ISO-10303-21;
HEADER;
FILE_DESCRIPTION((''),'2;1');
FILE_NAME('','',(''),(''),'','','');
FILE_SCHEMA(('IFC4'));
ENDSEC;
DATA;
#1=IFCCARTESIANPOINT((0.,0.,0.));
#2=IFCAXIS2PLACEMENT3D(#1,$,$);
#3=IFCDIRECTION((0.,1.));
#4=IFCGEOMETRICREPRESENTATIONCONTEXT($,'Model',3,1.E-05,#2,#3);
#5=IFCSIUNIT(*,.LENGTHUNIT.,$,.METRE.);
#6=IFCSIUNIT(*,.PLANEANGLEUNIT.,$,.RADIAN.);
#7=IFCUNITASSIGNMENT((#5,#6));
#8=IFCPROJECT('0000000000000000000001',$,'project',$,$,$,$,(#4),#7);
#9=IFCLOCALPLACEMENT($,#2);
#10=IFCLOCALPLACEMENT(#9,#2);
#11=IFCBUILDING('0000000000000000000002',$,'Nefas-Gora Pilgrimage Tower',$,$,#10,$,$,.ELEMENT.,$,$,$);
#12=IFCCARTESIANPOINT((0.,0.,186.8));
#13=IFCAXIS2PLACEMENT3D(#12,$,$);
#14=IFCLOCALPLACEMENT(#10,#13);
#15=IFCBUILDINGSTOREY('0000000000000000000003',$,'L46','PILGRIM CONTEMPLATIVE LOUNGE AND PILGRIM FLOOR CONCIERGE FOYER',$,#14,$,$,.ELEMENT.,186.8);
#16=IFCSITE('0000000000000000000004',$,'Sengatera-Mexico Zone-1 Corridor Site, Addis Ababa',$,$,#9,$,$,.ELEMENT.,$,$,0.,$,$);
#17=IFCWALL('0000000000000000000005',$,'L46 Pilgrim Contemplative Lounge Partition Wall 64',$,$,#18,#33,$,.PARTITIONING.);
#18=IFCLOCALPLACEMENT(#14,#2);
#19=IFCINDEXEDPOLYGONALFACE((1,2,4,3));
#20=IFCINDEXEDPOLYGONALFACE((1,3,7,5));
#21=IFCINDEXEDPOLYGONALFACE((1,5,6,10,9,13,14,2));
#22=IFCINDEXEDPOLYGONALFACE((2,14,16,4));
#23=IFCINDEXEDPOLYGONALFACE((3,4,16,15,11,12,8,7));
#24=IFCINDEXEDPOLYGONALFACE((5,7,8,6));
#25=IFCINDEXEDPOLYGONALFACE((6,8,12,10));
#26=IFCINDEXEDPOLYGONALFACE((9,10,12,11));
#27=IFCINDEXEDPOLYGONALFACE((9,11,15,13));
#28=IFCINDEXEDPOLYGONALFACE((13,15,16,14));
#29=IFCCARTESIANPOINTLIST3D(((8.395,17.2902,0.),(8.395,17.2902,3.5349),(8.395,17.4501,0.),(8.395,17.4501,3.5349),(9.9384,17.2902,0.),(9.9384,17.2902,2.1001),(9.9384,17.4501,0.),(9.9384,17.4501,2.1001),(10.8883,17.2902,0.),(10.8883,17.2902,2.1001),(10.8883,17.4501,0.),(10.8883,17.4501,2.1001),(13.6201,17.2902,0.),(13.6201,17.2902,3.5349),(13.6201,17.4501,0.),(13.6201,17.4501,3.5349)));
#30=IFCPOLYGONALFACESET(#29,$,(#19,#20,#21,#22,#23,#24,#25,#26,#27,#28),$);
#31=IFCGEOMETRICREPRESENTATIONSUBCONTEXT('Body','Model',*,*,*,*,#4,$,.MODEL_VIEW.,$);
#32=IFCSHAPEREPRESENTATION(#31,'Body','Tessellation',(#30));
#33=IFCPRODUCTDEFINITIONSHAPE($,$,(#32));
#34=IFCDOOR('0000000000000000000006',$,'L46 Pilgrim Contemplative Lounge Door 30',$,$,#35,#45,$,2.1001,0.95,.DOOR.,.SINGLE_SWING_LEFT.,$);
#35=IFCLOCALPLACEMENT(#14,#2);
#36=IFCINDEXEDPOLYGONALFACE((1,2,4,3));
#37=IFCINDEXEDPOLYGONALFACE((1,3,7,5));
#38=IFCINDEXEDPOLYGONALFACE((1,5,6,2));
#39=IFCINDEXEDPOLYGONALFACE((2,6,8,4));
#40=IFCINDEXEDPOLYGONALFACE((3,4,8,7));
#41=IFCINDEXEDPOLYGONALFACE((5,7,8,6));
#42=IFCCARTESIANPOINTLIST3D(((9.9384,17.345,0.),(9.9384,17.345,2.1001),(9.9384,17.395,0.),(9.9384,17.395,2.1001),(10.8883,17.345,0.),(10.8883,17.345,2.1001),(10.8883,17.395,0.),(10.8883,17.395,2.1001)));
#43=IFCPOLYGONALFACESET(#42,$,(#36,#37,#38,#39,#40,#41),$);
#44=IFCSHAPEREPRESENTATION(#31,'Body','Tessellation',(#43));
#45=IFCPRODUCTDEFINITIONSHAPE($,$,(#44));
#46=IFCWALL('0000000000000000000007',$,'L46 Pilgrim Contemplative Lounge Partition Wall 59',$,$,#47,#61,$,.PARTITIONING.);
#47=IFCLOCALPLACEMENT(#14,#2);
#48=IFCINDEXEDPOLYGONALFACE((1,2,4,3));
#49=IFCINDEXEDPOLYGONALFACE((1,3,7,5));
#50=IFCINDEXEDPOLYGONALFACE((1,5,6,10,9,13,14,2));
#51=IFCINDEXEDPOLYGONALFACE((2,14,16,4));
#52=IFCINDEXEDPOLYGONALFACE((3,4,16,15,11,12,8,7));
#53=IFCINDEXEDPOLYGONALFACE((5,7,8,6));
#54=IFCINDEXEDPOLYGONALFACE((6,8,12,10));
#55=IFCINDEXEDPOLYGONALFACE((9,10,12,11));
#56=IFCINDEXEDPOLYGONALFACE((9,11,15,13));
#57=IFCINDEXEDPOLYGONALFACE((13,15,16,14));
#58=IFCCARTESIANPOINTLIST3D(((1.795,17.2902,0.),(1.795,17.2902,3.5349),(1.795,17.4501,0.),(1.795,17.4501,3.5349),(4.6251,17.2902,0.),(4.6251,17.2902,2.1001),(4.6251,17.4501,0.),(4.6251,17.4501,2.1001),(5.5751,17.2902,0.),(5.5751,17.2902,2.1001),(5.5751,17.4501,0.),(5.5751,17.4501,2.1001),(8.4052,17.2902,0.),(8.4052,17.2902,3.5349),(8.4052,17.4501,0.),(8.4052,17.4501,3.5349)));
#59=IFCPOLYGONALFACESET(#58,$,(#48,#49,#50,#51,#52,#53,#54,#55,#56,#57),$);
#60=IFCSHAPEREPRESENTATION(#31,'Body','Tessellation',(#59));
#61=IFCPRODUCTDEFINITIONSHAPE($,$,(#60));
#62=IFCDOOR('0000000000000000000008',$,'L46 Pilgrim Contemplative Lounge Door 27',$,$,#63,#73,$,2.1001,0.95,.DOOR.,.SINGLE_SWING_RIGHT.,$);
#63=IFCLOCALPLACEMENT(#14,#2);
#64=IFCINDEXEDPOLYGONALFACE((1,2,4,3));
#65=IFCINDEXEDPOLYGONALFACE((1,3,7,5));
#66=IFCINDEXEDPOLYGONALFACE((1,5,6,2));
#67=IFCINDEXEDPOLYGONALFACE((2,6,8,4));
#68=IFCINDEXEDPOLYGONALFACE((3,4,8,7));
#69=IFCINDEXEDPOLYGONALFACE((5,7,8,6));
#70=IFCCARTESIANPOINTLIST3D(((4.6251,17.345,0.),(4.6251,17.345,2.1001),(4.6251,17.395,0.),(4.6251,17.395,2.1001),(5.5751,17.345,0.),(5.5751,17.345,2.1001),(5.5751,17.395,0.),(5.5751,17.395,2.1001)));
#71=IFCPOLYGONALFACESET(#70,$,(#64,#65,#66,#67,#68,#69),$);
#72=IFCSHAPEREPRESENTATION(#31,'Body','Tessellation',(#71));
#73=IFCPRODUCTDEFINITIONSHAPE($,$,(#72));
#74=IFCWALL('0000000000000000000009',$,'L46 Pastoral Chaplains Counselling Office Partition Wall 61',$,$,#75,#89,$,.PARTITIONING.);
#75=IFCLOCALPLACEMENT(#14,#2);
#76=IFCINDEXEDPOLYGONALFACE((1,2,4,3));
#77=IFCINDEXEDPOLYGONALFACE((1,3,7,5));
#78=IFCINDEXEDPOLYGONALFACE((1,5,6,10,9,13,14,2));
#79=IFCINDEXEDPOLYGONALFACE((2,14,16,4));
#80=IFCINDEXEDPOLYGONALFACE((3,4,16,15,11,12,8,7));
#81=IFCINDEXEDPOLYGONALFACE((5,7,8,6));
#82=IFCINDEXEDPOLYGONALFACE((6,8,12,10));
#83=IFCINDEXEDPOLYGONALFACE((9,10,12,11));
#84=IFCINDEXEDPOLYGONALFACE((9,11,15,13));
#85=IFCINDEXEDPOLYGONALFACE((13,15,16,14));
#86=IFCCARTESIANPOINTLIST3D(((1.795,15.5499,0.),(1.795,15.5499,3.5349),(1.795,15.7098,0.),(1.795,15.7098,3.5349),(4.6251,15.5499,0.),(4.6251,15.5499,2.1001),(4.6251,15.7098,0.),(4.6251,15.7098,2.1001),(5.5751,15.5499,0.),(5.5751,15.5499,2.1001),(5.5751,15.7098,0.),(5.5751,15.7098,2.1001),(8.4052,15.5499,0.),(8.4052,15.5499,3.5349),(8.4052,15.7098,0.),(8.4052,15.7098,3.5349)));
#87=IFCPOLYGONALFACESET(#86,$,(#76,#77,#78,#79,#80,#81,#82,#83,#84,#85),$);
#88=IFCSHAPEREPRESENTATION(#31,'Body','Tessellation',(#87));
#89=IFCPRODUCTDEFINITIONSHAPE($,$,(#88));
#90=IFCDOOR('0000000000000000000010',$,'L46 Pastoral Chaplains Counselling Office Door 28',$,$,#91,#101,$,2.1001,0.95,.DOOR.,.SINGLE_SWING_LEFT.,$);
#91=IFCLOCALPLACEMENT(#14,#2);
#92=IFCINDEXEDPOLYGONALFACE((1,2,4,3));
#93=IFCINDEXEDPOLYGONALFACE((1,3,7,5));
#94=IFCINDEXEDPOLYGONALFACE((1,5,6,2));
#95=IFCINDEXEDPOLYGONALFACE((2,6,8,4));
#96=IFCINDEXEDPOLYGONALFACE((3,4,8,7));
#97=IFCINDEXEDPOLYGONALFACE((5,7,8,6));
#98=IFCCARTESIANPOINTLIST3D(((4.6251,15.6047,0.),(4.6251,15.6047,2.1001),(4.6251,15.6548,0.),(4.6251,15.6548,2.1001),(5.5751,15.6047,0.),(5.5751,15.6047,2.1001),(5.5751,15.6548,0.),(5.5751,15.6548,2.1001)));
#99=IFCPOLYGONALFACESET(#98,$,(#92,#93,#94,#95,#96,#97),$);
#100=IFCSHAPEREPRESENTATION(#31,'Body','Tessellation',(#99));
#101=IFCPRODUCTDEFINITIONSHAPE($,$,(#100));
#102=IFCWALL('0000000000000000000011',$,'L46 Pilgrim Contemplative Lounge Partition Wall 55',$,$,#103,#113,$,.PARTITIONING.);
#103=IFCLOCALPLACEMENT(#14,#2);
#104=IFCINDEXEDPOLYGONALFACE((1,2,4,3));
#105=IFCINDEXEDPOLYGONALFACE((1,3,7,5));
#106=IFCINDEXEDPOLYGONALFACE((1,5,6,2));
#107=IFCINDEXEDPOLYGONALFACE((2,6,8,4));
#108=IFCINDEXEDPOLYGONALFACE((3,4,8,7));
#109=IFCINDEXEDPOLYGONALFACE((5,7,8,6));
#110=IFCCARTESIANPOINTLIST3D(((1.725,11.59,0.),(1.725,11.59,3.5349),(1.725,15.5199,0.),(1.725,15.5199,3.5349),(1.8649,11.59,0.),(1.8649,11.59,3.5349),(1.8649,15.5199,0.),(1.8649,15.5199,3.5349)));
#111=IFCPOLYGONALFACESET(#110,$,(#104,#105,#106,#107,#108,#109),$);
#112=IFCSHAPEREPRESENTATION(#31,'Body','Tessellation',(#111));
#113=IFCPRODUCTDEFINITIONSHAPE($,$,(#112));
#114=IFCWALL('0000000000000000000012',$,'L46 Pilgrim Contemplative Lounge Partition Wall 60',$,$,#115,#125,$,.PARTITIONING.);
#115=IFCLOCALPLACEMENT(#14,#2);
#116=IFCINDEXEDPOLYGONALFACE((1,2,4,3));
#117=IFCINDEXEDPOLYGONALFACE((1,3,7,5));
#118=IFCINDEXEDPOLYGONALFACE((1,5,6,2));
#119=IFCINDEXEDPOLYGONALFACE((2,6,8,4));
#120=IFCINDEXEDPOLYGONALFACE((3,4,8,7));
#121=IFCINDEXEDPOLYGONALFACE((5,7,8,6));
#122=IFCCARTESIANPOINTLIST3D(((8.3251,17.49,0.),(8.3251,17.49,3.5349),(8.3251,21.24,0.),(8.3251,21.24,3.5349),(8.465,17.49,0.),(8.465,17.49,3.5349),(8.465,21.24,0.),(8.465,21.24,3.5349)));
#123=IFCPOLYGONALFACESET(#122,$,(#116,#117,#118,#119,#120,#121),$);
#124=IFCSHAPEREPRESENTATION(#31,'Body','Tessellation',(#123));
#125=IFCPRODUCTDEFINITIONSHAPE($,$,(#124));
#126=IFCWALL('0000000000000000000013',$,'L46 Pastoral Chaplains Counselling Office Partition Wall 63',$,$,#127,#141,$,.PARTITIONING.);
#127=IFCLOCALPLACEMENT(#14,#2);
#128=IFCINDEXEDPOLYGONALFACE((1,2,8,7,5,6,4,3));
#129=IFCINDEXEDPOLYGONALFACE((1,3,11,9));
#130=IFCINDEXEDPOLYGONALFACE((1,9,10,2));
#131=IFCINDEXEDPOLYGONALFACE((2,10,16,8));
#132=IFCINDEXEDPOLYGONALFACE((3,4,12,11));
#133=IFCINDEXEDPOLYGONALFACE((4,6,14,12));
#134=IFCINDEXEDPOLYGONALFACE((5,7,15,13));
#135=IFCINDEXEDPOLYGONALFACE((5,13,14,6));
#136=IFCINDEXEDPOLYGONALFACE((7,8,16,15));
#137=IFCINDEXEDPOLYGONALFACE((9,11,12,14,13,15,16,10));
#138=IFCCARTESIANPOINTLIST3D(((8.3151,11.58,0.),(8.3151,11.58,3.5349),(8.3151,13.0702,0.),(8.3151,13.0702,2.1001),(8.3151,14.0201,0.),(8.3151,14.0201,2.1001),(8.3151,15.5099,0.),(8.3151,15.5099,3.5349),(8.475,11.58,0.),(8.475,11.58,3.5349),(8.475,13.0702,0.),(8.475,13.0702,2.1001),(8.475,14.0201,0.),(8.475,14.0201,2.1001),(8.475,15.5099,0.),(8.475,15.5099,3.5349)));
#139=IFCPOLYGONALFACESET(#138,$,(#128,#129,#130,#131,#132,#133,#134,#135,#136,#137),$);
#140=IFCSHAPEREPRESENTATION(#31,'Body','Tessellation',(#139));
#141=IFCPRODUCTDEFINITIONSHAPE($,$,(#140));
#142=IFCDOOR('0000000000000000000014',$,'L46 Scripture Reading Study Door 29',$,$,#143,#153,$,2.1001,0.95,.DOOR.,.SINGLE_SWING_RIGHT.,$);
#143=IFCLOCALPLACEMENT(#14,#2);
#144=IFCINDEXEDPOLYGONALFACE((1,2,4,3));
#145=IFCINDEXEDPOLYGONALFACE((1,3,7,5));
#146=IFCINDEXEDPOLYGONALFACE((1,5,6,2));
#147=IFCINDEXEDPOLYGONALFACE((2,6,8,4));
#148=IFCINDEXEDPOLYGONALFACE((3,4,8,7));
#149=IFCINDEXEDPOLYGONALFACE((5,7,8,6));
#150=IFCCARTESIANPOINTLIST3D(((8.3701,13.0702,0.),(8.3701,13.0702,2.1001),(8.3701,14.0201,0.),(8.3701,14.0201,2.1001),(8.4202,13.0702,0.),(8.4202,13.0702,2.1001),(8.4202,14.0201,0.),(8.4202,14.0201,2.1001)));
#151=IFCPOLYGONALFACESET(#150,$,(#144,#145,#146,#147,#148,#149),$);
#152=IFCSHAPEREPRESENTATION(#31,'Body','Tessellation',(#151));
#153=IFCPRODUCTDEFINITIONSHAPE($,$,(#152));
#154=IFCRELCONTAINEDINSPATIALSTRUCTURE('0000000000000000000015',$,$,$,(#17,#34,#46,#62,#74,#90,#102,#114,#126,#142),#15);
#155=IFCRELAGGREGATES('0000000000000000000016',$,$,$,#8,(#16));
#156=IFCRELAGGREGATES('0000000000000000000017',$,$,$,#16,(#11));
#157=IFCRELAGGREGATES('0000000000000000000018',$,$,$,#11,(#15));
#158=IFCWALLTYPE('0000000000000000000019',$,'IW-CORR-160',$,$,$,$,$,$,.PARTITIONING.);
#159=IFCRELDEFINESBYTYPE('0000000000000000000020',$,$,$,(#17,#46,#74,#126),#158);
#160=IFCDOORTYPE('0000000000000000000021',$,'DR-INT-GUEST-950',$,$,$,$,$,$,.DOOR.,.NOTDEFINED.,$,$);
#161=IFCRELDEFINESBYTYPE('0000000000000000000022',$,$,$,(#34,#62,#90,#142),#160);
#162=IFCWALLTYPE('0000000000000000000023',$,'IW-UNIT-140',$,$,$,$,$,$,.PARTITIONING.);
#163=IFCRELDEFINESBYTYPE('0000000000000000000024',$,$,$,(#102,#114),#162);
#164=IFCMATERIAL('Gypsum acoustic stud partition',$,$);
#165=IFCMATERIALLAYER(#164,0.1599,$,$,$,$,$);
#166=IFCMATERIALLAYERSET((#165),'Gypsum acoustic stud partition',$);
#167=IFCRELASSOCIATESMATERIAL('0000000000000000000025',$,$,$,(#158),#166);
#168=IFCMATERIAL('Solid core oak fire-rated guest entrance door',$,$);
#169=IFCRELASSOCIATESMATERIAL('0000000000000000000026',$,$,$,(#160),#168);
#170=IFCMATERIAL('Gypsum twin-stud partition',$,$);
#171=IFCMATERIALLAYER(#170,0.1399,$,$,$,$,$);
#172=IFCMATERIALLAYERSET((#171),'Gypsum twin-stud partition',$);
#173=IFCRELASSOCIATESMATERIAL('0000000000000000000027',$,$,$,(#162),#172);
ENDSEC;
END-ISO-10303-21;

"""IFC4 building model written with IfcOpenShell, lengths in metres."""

from ifc_helpers import new_model, si_unit, direction, frame, frame_2d, origin, place, context, subcontext, project, spatial, rectangle, extrude, source, transform, mapped, material, layer, layer_set, type_object, element, fill, save


model = new_model("IFC4")

# Units and contexts
model_context = context("Model", 3, precision=1e-05, world=origin(), true_north=direction((0.0, 1.0)))
body_context = subcontext(model_context, "Body", "Model", "MODEL_VIEW")
ifc_project = project(units=[si_unit("LENGTHUNIT", "METRE"), si_unit("PLANEANGLEUNIT", "RADIAN")], contexts=[model_context])

# Site, building, storey
site_placement = place(None, origin())
site = spatial("IfcSite", under=ifc_project, at=site_placement, Name="Sengatera-Mexico Zone-1 Corridor Site, Addis Ababa", CompositionType="ELEMENT", RefElevation=0.0)
building_placement = place(site_placement, origin())
building = spatial("IfcBuilding", under=site, at=building_placement, Name="Nefas-Gora Pilgrimage Tower", CompositionType="ELEMENT")
storey_placement = place(building_placement, frame((0.0, 0.0, 186.8)))
storey = spatial("IfcBuildingStorey", under=building, at=storey_placement, Name="L46", Description="PILGRIM CONTEMPLATIVE LOUNGE AND PILGRIM FLOOR CONCIERGE FOYER", CompositionType="ELEMENT", Elevation=186.8)

# Walls, openings, doors
ifc_material_1 = material(Name="Gypsum acoustic stud partition")
ifc_layer_1 = layer(ifc_material_1, 0.1599)
ifc_layer_set_1 = layer_set([ifc_layer_1], Name="Gypsum acoustic stud partition")
wall_type_1 = type_object("IfcWallType", Name="IW-CORR-160", PredefinedType="PARTITIONING", material=ifc_layer_set_1)
shared_shape_1 = source(origin(), body_context, "Body", "SweptSolid", [
    extrude(rectangle(XDim=5.2251, YDim=0.1599, at=frame_2d((2.6125, 0.0))), origin(), (0.0, 0.0, 1.0), 3.5349),
])
wall_1_placement = place(storey_placement, frame((8.395, 17.3701, 0.0), z_axis=(0.0, 0.0, 1.0), x_axis=(1.0, 0.0, 0.0)))
wall_1 = element("IfcWall", 1, at=wall_1_placement, inside=storey, type_object=wall_type_1, Name="L46 Pilgrim Contemplative Lounge Partition Wall 64", PredefinedType="PARTITIONING", context=body_context, shape_type="MappedRepresentation", body=[
    mapped(shared_shape_1, transform((0.0, 0.0, 0.0), x_axis=(1.0, 0.0, 0.0), y_axis=(0.0, 1.0, 0.0), z_axis=(0.0, 0.0, 1.0), scale=1.0)),
])
opening_1_placement = place(wall_1_placement, frame((1.5432, 0.0, 0.0)))
opening_1 = element("IfcOpeningElement", 2, at=opening_1_placement, cuts=wall_1, PredefinedType="OPENING", context=body_context, shape_type="SweptSolid", body=[
    extrude(rectangle(XDim=0.95, YDim=2.1001, at=frame_2d((0.4751, 1.05))), frame((0.0, 0.0898, 0.0), z_axis=(0.0, -1.0, 0.0), x_axis=(1.0, 0.0, 0.0)), (0.0, 0.0, 1.0), 0.1799),
])
ifc_material_2 = material(Name="Solid core oak fire-rated guest entrance door")
door_type_1 = type_object("IfcDoorType", Name="DR-INT-GUEST-950", OperationType="NOTDEFINED", PredefinedType="DOOR", material=ifc_material_2)
shared_shape_2 = source(origin(), body_context, "Body", "SweptSolid", [
    extrude(rectangle(XDim=0.95, YDim=2.1001, at=frame_2d((0.4751, 1.05))), frame((0.0, 0.0249, 0.0), z_axis=(0.0, -1.0, 0.0), x_axis=(1.0, 0.0, 0.0)), (0.0, 0.0, 1.0), 0.05),
])
door_1_placement = place(opening_1_placement, origin())
door_1 = element("IfcDoor", 3, at=door_1_placement, inside=storey, type_object=door_type_1, Name="L46 Pilgrim Contemplative Lounge Door 30", OperationType="SINGLE_SWING_LEFT", OverallHeight=2.1001, OverallWidth=0.95, PredefinedType="DOOR", context=body_context, shape_type="MappedRepresentation", body=[
    mapped(shared_shape_2, transform((0.0, 0.0, 0.0), x_axis=(1.0, 0.0, 0.0), y_axis=(0.0, 1.0, 0.0), z_axis=(0.0, 0.0, 1.0), scale=1.0)),
])
fill(opening_1, door_1)
shared_shape_3 = source(origin(), body_context, "Body", "SweptSolid", [
    extrude(rectangle(XDim=6.6101, YDim=0.1599, at=frame_2d((3.3052, 0.0))), origin(), (0.0, 0.0, 1.0), 3.5349),
])
wall_2_placement = place(storey_placement, frame((1.7949, 17.3701, 0.0), z_axis=(0.0, 0.0, 1.0), x_axis=(1.0, 0.0, 0.0)))
wall_2 = element("IfcWall", 4, at=wall_2_placement, inside=storey, type_object=wall_type_1, Name="L46 Pilgrim Contemplative Lounge Partition Wall 59", PredefinedType="PARTITIONING", context=body_context, shape_type="MappedRepresentation", body=[
    mapped(shared_shape_3, transform((0.0, 0.0, 0.0), x_axis=(1.0, 0.0, 0.0), y_axis=(0.0, 1.0, 0.0), z_axis=(0.0, 0.0, 1.0), scale=1.0)),
])
opening_2_placement = place(wall_2_placement, frame((2.8301, 0.0, 0.0)))
opening_2 = element("IfcOpeningElement", 5, at=opening_2_placement, cuts=wall_2, PredefinedType="OPENING", context=body_context, shape_type="SweptSolid", body=[
    extrude(rectangle(XDim=0.95, YDim=2.1001, at=frame_2d((0.4751, 1.05))), frame((0.0, 0.0898, 0.0), z_axis=(0.0, -1.0, 0.0), x_axis=(1.0, 0.0, 0.0)), (0.0, 0.0, 1.0), 0.1799),
])
door_2_placement = place(opening_2_placement, origin())
door_2 = element("IfcDoor", 6, at=door_2_placement, inside=storey, type_object=door_type_1, Name="L46 Pilgrim Contemplative Lounge Door 27", OperationType="SINGLE_SWING_RIGHT", OverallHeight=2.1001, OverallWidth=0.95, PredefinedType="DOOR", context=body_context, shape_type="MappedRepresentation", body=[
    mapped(shared_shape_2, transform((0.0, 0.0, 0.0), x_axis=(1.0, 0.0, 0.0), y_axis=(0.0, 1.0, 0.0), z_axis=(0.0, 0.0, 1.0), scale=1.0)),
])
fill(opening_2, door_2)
wall_3_placement = place(storey_placement, frame((1.7949, 15.6299, 0.0), z_axis=(0.0, 0.0, 1.0), x_axis=(1.0, 0.0, 0.0)))
wall_3 = element("IfcWall", 7, at=wall_3_placement, inside=storey, type_object=wall_type_1, Name="L46 Pastoral Chaplains Counselling Office Partition Wall 61", PredefinedType="PARTITIONING", context=body_context, shape_type="MappedRepresentation", body=[
    mapped(shared_shape_3, transform((0.0, 0.0, 0.0), x_axis=(1.0, 0.0, 0.0), y_axis=(0.0, 1.0, 0.0), z_axis=(0.0, 0.0, 1.0), scale=1.0)),
])
opening_3_placement = place(wall_3_placement, frame((2.8301, 0.0, 0.0)))
opening_3 = element("IfcOpeningElement", 8, at=opening_3_placement, cuts=wall_3, PredefinedType="OPENING", context=body_context, shape_type="SweptSolid", body=[
    extrude(rectangle(XDim=0.95, YDim=2.1001, at=frame_2d((0.4751, 1.05))), frame((0.0, 0.0898, 0.0), z_axis=(0.0, -1.0, 0.0), x_axis=(1.0, 0.0, 0.0)), (0.0, 0.0, 1.0), 0.1799),
])
door_3_placement = place(opening_3_placement, origin())
door_3 = element("IfcDoor", 9, at=door_3_placement, inside=storey, type_object=door_type_1, Name="L46 Pastoral Chaplains Counselling Office Door 28", OperationType="SINGLE_SWING_LEFT", OverallHeight=2.1001, OverallWidth=0.95, PredefinedType="DOOR", context=body_context, shape_type="MappedRepresentation", body=[
    mapped(shared_shape_2, transform((0.0, 0.0, 0.0), x_axis=(1.0, 0.0, 0.0), y_axis=(0.0, 1.0, 0.0), z_axis=(0.0, 0.0, 1.0), scale=1.0)),
])
fill(opening_3, door_3)

# Walls
ifc_material_3 = material(Name="Gypsum twin-stud partition")
ifc_layer_2 = layer(ifc_material_3, 0.1399)
ifc_layer_set_2 = layer_set([ifc_layer_2], Name="Gypsum twin-stud partition")
wall_type_2 = type_object("IfcWallType", Name="IW-UNIT-140", PredefinedType="PARTITIONING", material=ifc_layer_set_2)
shared_shape_4 = source(origin(), body_context, "Body", "SweptSolid", [
    extrude(rectangle(XDim=3.9299, YDim=0.1399, at=frame_2d((1.9648, 0.0))), origin(), (0.0, 0.0, 1.0), 3.5349),
])
wall_4_placement = place(storey_placement, frame((1.7949, 11.5901, 0.0), z_axis=(0.0, 0.0, 1.0), x_axis=(0.0, 1.0, 0.0)))
element("IfcWall", 10, at=wall_4_placement, inside=storey, type_object=wall_type_2, Name="L46 Pilgrim Contemplative Lounge Partition Wall 55", PredefinedType="PARTITIONING", context=body_context, shape_type="MappedRepresentation", body=[
    mapped(shared_shape_4, transform((0.0, 0.0, 0.0), x_axis=(1.0, 0.0, 0.0), y_axis=(0.0, 1.0, 0.0), z_axis=(0.0, 0.0, 1.0), scale=1.0)),
])
shared_shape_5 = source(origin(), body_context, "Body", "SweptSolid", [
    extrude(rectangle(XDim=3.75, YDim=0.1399, at=frame_2d((1.875, 0.0))), origin(), (0.0, 0.0, 1.0), 3.5349),
])
wall_5_placement = place(storey_placement, frame((8.395, 17.49, 0.0), z_axis=(0.0, 0.0, 1.0), x_axis=(0.0, 1.0, 0.0)))
element("IfcWall", 11, at=wall_5_placement, inside=storey, type_object=wall_type_2, Name="L46 Pilgrim Contemplative Lounge Partition Wall 60", PredefinedType="PARTITIONING", context=body_context, shape_type="MappedRepresentation", body=[
    mapped(shared_shape_5, transform((0.0, 0.0, 0.0), x_axis=(1.0, 0.0, 0.0), y_axis=(0.0, 1.0, 0.0), z_axis=(0.0, 0.0, 1.0), scale=1.0)),
])

# Wall, opening, door
shared_shape_6 = source(origin(), body_context, "Body", "SweptSolid", [
    extrude(rectangle(XDim=3.9299, YDim=0.1599, at=frame_2d((1.9648, 0.0))), origin(), (0.0, 0.0, 1.0), 3.5349),
])
wall_6_placement = place(storey_placement, frame((8.395, 11.5801, 0.0), z_axis=(0.0, 0.0, 1.0), x_axis=(0.0, 1.0, 0.0)))
wall_6 = element("IfcWall", 12, at=wall_6_placement, inside=storey, type_object=wall_type_1, Name="L46 Pastoral Chaplains Counselling Office Partition Wall 63", PredefinedType="PARTITIONING", context=body_context, shape_type="MappedRepresentation", body=[
    mapped(shared_shape_6, transform((0.0, 0.0, 0.0), x_axis=(1.0, 0.0, 0.0), y_axis=(0.0, 1.0, 0.0), z_axis=(0.0, 0.0, 1.0), scale=1.0)),
])
opening_4_placement = place(wall_6_placement, frame((1.49, 0.0, 0.0)))
opening_4 = element("IfcOpeningElement", 13, at=opening_4_placement, cuts=wall_6, PredefinedType="OPENING", context=body_context, shape_type="SweptSolid", body=[
    extrude(rectangle(XDim=0.95, YDim=2.1001, at=frame_2d((0.4751, 1.05))), frame((0.0, 0.0898, 0.0), z_axis=(0.0, -1.0, 0.0), x_axis=(1.0, 0.0, 0.0)), (0.0, 0.0, 1.0), 0.1799),
])
door_4_placement = place(opening_4_placement, origin())
door_4 = element("IfcDoor", 14, at=door_4_placement, inside=storey, type_object=door_type_1, Name="L46 Scripture Reading Study Door 29", OperationType="SINGLE_SWING_RIGHT", OverallHeight=2.1001, OverallWidth=0.95, PredefinedType="DOOR", context=body_context, shape_type="MappedRepresentation", body=[
    mapped(shared_shape_2, transform((0.0, 0.0, 0.0), x_axis=(1.0, 0.0, 0.0), y_axis=(0.0, 1.0, 0.0), z_axis=(0.0, 0.0, 1.0), scale=1.0)),
])
fill(opening_4, door_4)

save(model, "model.ifc")
